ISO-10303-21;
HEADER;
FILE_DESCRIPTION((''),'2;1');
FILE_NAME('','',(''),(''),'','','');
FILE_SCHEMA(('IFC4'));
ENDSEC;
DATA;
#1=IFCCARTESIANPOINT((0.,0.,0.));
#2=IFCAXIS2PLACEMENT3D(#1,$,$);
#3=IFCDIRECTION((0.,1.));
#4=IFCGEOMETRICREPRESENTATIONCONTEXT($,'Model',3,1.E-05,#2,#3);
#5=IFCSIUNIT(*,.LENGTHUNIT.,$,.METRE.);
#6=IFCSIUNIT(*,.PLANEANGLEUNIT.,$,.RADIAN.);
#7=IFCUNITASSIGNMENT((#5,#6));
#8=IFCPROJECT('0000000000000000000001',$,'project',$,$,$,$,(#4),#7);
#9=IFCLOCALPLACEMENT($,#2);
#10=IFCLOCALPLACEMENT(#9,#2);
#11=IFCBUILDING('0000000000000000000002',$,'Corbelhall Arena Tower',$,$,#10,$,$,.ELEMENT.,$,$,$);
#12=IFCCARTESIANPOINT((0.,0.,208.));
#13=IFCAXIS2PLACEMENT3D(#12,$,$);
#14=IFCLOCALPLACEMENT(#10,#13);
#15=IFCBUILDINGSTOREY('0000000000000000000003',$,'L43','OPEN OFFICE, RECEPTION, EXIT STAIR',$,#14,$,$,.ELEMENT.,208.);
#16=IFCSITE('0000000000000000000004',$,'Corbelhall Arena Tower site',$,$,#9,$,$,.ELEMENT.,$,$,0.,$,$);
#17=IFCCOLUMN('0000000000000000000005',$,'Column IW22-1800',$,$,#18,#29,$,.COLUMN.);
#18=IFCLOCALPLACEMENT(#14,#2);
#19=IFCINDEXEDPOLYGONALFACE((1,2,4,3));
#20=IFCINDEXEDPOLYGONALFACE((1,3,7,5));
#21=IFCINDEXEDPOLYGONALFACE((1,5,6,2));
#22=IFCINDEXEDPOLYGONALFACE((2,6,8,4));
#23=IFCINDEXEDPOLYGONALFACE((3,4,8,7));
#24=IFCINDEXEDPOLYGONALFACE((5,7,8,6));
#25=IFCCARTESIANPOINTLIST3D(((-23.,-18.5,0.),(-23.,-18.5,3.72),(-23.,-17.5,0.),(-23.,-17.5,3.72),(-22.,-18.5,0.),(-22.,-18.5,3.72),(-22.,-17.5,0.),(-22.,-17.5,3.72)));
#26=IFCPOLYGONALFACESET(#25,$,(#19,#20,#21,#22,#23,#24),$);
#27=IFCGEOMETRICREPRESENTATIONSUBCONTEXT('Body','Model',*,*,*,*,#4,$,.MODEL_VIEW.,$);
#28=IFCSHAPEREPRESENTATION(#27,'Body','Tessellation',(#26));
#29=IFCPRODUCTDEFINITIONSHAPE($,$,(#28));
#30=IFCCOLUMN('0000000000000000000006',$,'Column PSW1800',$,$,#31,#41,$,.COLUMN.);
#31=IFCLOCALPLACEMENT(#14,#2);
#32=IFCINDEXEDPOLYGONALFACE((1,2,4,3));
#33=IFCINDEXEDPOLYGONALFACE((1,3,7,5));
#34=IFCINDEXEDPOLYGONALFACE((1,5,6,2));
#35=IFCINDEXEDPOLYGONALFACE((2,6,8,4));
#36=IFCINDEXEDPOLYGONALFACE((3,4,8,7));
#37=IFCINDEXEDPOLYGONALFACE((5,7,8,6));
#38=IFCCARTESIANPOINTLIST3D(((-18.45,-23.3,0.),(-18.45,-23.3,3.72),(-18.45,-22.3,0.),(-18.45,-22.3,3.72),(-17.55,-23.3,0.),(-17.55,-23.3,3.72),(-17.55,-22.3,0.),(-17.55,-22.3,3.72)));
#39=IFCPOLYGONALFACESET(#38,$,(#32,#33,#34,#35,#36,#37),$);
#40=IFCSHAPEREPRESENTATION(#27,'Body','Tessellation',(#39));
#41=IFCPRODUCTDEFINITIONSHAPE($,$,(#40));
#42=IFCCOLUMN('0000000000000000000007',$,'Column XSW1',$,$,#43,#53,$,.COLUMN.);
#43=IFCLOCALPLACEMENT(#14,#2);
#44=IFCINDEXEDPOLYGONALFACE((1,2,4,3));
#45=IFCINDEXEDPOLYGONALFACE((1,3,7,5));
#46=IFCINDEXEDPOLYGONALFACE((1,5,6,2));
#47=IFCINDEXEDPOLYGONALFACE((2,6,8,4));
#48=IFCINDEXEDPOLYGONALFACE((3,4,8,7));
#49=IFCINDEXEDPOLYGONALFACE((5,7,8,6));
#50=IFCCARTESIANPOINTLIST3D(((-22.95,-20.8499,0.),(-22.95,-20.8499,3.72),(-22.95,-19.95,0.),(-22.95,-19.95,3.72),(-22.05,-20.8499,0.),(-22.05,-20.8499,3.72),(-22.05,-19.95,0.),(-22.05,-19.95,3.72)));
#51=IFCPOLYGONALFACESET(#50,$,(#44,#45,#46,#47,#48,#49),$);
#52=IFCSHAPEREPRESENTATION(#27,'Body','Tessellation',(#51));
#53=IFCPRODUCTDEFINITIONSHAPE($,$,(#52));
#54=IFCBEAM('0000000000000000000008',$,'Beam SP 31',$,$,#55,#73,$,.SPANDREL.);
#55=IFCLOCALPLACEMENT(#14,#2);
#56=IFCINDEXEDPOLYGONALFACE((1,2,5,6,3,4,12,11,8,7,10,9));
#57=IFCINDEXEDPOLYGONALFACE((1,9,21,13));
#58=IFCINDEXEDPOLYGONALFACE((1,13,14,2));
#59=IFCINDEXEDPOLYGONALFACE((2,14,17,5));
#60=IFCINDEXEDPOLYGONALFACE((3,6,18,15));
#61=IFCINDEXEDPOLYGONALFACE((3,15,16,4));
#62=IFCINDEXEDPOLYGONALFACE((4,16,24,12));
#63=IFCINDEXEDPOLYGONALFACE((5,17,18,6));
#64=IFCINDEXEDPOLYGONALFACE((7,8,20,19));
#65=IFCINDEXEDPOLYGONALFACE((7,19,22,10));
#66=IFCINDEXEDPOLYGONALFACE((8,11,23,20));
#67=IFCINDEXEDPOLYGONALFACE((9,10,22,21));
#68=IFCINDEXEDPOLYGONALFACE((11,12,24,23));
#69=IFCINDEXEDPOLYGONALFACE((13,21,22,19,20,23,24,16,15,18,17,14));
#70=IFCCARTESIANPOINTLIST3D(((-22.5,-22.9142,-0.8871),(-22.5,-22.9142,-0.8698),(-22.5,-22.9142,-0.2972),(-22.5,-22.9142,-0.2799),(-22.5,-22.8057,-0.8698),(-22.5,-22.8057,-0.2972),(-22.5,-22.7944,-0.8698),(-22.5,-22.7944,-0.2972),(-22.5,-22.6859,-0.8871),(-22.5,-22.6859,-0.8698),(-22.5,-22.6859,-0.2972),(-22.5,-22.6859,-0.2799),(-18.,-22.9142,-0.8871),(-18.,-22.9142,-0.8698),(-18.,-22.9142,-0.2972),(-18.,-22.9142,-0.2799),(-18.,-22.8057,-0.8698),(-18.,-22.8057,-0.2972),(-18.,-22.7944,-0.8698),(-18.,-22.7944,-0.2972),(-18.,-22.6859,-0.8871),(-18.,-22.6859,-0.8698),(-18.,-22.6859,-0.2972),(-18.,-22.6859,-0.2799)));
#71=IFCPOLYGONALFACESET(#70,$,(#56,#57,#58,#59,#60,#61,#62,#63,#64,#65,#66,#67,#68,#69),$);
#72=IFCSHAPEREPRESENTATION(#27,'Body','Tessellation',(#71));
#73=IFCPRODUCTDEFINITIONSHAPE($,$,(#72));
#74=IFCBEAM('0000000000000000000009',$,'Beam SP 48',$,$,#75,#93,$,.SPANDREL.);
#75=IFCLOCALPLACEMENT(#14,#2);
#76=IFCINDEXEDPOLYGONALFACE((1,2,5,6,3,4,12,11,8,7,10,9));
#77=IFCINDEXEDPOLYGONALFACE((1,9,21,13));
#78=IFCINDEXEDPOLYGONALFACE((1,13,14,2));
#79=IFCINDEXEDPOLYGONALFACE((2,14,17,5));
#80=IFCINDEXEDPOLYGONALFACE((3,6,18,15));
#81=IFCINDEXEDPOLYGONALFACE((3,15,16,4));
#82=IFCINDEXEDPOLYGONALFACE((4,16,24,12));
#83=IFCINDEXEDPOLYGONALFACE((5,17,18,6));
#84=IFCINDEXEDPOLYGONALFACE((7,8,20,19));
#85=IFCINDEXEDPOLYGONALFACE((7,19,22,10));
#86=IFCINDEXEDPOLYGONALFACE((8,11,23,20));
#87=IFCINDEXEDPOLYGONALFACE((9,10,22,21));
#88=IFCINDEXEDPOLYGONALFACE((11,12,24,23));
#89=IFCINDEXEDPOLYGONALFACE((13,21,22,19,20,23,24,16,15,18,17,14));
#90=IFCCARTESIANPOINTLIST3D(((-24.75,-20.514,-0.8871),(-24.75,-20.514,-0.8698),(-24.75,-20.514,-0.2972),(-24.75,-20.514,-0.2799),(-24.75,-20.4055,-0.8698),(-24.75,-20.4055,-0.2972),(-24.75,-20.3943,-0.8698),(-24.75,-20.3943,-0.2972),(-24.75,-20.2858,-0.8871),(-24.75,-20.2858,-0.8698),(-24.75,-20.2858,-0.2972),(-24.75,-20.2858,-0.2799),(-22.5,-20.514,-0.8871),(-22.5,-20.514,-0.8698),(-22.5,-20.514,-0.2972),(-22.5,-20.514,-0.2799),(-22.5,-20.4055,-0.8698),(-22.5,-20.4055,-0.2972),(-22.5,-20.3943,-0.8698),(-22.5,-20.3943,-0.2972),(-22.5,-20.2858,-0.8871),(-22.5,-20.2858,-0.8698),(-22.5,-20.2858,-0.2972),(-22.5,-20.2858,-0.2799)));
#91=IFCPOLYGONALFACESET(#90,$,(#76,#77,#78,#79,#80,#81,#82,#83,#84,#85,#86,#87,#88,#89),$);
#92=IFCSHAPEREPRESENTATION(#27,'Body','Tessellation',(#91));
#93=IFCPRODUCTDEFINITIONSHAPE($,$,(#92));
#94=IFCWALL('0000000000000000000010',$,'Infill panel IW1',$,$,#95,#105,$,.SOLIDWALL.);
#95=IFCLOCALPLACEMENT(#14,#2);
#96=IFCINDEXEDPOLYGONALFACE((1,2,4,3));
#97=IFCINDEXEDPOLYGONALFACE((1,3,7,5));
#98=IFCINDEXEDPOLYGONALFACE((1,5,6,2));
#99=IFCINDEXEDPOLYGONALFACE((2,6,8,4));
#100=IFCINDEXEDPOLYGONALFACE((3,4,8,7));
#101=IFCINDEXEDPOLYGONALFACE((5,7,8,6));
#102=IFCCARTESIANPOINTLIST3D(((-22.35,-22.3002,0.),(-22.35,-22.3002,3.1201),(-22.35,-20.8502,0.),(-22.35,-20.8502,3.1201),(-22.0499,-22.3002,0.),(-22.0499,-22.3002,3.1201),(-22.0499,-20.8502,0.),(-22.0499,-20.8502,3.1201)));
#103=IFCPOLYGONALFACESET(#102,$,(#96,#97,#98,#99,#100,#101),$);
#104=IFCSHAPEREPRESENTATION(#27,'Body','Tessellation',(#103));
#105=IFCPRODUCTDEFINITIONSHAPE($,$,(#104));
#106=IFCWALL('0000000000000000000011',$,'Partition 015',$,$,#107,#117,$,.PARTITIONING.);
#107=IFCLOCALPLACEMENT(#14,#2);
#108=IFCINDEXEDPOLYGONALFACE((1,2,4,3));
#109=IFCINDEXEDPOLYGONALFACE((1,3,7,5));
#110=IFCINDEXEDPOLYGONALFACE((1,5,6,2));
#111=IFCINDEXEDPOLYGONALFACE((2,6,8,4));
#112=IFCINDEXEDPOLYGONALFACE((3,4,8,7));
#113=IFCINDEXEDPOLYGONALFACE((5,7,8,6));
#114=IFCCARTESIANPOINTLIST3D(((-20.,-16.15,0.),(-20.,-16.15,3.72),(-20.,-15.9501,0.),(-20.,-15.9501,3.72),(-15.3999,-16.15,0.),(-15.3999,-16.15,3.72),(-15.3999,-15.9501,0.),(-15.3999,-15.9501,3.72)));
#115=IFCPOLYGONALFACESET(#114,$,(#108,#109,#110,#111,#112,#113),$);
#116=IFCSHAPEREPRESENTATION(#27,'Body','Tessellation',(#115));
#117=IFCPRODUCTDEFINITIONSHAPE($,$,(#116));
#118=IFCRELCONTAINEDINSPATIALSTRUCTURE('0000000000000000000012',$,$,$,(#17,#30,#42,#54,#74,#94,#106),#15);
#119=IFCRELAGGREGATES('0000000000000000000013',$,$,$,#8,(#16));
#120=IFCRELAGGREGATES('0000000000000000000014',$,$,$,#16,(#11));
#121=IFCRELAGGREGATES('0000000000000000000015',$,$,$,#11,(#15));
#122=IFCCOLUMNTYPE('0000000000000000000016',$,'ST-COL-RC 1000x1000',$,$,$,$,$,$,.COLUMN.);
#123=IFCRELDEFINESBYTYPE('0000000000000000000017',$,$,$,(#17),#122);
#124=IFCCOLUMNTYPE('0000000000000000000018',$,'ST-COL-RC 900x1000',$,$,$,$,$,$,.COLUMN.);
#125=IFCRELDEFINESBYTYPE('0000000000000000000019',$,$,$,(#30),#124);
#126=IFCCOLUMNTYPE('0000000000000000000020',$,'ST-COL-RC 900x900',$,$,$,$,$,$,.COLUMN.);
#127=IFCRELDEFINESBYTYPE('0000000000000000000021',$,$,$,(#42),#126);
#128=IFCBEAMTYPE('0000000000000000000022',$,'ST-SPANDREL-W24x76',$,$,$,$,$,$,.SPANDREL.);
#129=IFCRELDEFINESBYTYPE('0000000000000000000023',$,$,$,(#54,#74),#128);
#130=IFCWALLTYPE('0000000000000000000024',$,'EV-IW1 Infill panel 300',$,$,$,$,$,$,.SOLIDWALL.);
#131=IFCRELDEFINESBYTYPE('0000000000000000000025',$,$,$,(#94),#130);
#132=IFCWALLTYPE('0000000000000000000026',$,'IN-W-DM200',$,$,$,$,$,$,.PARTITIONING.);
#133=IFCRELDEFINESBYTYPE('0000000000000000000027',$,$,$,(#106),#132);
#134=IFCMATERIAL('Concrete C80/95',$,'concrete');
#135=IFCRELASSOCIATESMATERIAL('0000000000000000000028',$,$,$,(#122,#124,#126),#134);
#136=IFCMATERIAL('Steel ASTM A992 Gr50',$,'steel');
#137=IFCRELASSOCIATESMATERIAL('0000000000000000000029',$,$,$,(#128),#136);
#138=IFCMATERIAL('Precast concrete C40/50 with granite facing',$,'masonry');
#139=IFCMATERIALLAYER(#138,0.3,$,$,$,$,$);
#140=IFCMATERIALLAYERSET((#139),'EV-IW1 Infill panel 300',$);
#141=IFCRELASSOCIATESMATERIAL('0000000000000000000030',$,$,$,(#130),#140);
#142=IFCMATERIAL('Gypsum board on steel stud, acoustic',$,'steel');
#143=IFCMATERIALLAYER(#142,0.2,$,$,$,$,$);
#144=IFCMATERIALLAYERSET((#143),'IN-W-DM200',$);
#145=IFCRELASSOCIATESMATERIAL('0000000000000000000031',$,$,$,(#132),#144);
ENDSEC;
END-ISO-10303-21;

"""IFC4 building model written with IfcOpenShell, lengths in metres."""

from ifc_helpers import new_model, si_unit, direction, frame, frame_2d, origin, origin_2d, place, context, subcontext, project, spatial, rectangle, i_section, extrude, material, layer, layer_set, material_profile, profile_set, type_object, element, save


model = new_model("IFC4")

# Units and contexts
model_context = context("Model", 3, precision=1e-05, world=origin(), true_north=direction((0.0, 1.0)))
body_context = subcontext(model_context, "Body", "Model", "MODEL_VIEW")
ifc_project = project(units=[si_unit("LENGTHUNIT", "METRE"), si_unit("PLANEANGLEUNIT", "RADIAN")], contexts=[model_context])

# Site, building, storey
site_placement = place(None, origin())
site = spatial("IfcSite", under=ifc_project, at=site_placement, Name="Corbelhall Arena Tower site", CompositionType="ELEMENT", RefElevation=0.0)
building_placement = place(site_placement, origin())
building = spatial("IfcBuilding", under=site, at=building_placement, Name="Corbelhall Arena Tower", CompositionType="ELEMENT")
storey_placement = place(building_placement, frame((0.0, 0.0, 208.0)))
storey = spatial("IfcBuildingStorey", under=building, at=storey_placement, Name="L43", Description="OPEN OFFICE, RECEPTION, EXIT STAIR", CompositionType="ELEMENT", Elevation=208.0)

# Columns
ifc_material_1 = material(Name="Concrete C80/95", Category="concrete")
ifc_material_profile_1 = material_profile(ifc_material_1, rectangle(XDim=1.0, YDim=1.0, at=origin_2d()))
ifc_profile_set_1 = profile_set([ifc_material_profile_1], Name="Concrete C80/95")
column_type_1 = type_object("IfcColumnType", Name="ST-COL-RC 1000x1000", PredefinedType="COLUMN", material=ifc_profile_set_1)
column_1_placement = place(storey_placement, frame((-22.5, -18.0, 0.0), z_axis=(0.0, 0.0, 1.0), x_axis=(1.0, 0.0, 0.0)))
element("IfcColumn", 1, at=column_1_placement, inside=storey, type_object=column_type_1, Name="Column IW22-1800", PredefinedType="COLUMN", context=body_context, shape_type="SweptSolid", body=[
    extrude(rectangle(XDim=1.0, YDim=1.0, at=origin_2d()), origin(), (0.0, 0.0, 1.0), 3.72),
])
ifc_material_profile_2 = material_profile(ifc_material_1, rectangle(XDim=0.8999, YDim=1.0, at=origin_2d()))
ifc_profile_set_2 = profile_set([ifc_material_profile_2], Name="Concrete C80/95")
column_type_2 = type_object("IfcColumnType", Name="ST-COL-RC 900x1000", PredefinedType="COLUMN", material=ifc_profile_set_2)
column_2_placement = place(storey_placement, frame((-18.0, -22.8, 0.0), z_axis=(0.0, 0.0, 1.0), x_axis=(1.0, 0.0, 0.0)))
element("IfcColumn", 2, at=column_2_placement, inside=storey, type_object=column_type_2, Name="Column PSW1800", PredefinedType="COLUMN", context=body_context, shape_type="SweptSolid", body=[
    extrude(rectangle(XDim=0.8999, YDim=1.0, at=origin_2d()), origin(), (0.0, 0.0, 1.0), 3.72),
])
ifc_material_profile_3 = material_profile(ifc_material_1, rectangle(XDim=0.8999, YDim=0.8999, at=origin_2d()))
ifc_profile_set_3 = profile_set([ifc_material_profile_3], Name="Concrete C80/95")
column_type_3 = type_object("IfcColumnType", Name="ST-COL-RC 900x900", PredefinedType="COLUMN", material=ifc_profile_set_3)
column_3_placement = place(storey_placement, frame((-22.5, -20.3999, 0.0), z_axis=(0.0, 0.0, 1.0), x_axis=(1.0, 0.0, 0.0)))
element("IfcColumn", 3, at=column_3_placement, inside=storey, type_object=column_type_3, Name="Column XSW1", PredefinedType="COLUMN", context=body_context, shape_type="SweptSolid", body=[
    extrude(rectangle(XDim=0.8999, YDim=0.8999, at=origin_2d()), origin(), (0.0, 0.0, 1.0), 3.72),
])

# Beams
ifc_material_2 = material(Name="Steel ASTM A992 Gr50", Category="steel")
ifc_material_profile_4 = material_profile(ifc_material_2, i_section(OverallWidth=0.2283, OverallDepth=0.6072, WebThickness=0.0112, FlangeThickness=0.0173, at=origin_2d()))
ifc_profile_set_4 = profile_set([ifc_material_profile_4], Name="Steel ASTM A992 Gr50")
beam_type = type_object("IfcBeamType", Name="ST-SPANDREL-W24x76", PredefinedType="SPANDREL", material=ifc_profile_set_4)
beam_1_placement = place(storey_placement, frame((-18.0, -22.8, -0.5835), z_axis=(-1.0, 0.0, 0.0), x_axis=(0.0, -1.0, 0.0)))
element("IfcBeam", 4, at=beam_1_placement, inside=storey, type_object=beam_type, Name="Beam SP 31", PredefinedType="SPANDREL", context=body_context, shape_type="SweptSolid", body=[
    extrude(i_section(OverallWidth=0.2283, OverallDepth=0.6072, WebThickness=0.0112, FlangeThickness=0.0173, at=origin_2d()), origin(), (0.0, 0.0, 1.0), 4.5),
])
beam_2_placement = place(storey_placement, frame((-22.5, -20.3999, -0.5835), z_axis=(-1.0, 0.0, 0.0), x_axis=(0.0, -1.0, 0.0)))
element("IfcBeam", 5, at=beam_2_placement, inside=storey, type_object=beam_type, Name="Beam SP 48", PredefinedType="SPANDREL", context=body_context, shape_type="SweptSolid", body=[
    extrude(i_section(OverallWidth=0.2283, OverallDepth=0.6072, WebThickness=0.0112, FlangeThickness=0.0173, at=origin_2d()), origin(), (0.0, 0.0, 1.0), 2.25),
])

# Wall
ifc_material_3 = material(Name="Precast concrete C40/50 with granite facing", Category="masonry")
ifc_layer_1 = layer(ifc_material_3, 0.3)
ifc_layer_set_1 = layer_set([ifc_layer_1], Name="EV-IW1 Infill panel 300")
wall_type_1 = type_object("IfcWallType", Name="EV-IW1 Infill panel 300", PredefinedType="SOLIDWALL", material=ifc_layer_set_1)
wall_1_placement = place(storey_placement, frame((-22.2, -20.8501, 0.0), z_axis=(0.0, 0.0, 1.0), x_axis=(0.0, -1.0, 0.0)))
element("IfcWall", 6, at=wall_1_placement, inside=storey, type_object=wall_type_1, Name="Infill panel IW1", PredefinedType="SOLIDWALL", context=body_context, shape_type="SweptSolid", body=[
    extrude(rectangle(XDim=1.45, YDim=0.3, at=frame_2d((0.7251, 0.0))), origin(), (0.0, 0.0, 1.0), 3.1201),
])

# Wall
ifc_material_4 = material(Name="Gypsum board on steel stud, acoustic", Category="steel")
ifc_layer_2 = layer(ifc_material_4, 0.2)
ifc_layer_set_2 = layer_set([ifc_layer_2], Name="IN-W-DM200")
wall_type_2 = type_object("IfcWallType", Name="IN-W-DM200", PredefinedType="PARTITIONING", material=ifc_layer_set_2)
wall_2_placement = place(storey_placement, frame((-20.0, -16.05, 0.0), z_axis=(0.0, 0.0, 1.0), x_axis=(1.0, 0.0, 0.0)))
element("IfcWall", 7, at=wall_2_placement, inside=storey, type_object=wall_type_2, Name="Partition 015", PredefinedType="PARTITIONING", context=body_context, shape_type="SweptSolid", body=[
    extrude(rectangle(XDim=4.6001, YDim=0.2, at=frame_2d((2.3, 0.0))), origin(), (0.0, 0.0, 1.0), 3.72),
])

save(model, "model.ifc")
